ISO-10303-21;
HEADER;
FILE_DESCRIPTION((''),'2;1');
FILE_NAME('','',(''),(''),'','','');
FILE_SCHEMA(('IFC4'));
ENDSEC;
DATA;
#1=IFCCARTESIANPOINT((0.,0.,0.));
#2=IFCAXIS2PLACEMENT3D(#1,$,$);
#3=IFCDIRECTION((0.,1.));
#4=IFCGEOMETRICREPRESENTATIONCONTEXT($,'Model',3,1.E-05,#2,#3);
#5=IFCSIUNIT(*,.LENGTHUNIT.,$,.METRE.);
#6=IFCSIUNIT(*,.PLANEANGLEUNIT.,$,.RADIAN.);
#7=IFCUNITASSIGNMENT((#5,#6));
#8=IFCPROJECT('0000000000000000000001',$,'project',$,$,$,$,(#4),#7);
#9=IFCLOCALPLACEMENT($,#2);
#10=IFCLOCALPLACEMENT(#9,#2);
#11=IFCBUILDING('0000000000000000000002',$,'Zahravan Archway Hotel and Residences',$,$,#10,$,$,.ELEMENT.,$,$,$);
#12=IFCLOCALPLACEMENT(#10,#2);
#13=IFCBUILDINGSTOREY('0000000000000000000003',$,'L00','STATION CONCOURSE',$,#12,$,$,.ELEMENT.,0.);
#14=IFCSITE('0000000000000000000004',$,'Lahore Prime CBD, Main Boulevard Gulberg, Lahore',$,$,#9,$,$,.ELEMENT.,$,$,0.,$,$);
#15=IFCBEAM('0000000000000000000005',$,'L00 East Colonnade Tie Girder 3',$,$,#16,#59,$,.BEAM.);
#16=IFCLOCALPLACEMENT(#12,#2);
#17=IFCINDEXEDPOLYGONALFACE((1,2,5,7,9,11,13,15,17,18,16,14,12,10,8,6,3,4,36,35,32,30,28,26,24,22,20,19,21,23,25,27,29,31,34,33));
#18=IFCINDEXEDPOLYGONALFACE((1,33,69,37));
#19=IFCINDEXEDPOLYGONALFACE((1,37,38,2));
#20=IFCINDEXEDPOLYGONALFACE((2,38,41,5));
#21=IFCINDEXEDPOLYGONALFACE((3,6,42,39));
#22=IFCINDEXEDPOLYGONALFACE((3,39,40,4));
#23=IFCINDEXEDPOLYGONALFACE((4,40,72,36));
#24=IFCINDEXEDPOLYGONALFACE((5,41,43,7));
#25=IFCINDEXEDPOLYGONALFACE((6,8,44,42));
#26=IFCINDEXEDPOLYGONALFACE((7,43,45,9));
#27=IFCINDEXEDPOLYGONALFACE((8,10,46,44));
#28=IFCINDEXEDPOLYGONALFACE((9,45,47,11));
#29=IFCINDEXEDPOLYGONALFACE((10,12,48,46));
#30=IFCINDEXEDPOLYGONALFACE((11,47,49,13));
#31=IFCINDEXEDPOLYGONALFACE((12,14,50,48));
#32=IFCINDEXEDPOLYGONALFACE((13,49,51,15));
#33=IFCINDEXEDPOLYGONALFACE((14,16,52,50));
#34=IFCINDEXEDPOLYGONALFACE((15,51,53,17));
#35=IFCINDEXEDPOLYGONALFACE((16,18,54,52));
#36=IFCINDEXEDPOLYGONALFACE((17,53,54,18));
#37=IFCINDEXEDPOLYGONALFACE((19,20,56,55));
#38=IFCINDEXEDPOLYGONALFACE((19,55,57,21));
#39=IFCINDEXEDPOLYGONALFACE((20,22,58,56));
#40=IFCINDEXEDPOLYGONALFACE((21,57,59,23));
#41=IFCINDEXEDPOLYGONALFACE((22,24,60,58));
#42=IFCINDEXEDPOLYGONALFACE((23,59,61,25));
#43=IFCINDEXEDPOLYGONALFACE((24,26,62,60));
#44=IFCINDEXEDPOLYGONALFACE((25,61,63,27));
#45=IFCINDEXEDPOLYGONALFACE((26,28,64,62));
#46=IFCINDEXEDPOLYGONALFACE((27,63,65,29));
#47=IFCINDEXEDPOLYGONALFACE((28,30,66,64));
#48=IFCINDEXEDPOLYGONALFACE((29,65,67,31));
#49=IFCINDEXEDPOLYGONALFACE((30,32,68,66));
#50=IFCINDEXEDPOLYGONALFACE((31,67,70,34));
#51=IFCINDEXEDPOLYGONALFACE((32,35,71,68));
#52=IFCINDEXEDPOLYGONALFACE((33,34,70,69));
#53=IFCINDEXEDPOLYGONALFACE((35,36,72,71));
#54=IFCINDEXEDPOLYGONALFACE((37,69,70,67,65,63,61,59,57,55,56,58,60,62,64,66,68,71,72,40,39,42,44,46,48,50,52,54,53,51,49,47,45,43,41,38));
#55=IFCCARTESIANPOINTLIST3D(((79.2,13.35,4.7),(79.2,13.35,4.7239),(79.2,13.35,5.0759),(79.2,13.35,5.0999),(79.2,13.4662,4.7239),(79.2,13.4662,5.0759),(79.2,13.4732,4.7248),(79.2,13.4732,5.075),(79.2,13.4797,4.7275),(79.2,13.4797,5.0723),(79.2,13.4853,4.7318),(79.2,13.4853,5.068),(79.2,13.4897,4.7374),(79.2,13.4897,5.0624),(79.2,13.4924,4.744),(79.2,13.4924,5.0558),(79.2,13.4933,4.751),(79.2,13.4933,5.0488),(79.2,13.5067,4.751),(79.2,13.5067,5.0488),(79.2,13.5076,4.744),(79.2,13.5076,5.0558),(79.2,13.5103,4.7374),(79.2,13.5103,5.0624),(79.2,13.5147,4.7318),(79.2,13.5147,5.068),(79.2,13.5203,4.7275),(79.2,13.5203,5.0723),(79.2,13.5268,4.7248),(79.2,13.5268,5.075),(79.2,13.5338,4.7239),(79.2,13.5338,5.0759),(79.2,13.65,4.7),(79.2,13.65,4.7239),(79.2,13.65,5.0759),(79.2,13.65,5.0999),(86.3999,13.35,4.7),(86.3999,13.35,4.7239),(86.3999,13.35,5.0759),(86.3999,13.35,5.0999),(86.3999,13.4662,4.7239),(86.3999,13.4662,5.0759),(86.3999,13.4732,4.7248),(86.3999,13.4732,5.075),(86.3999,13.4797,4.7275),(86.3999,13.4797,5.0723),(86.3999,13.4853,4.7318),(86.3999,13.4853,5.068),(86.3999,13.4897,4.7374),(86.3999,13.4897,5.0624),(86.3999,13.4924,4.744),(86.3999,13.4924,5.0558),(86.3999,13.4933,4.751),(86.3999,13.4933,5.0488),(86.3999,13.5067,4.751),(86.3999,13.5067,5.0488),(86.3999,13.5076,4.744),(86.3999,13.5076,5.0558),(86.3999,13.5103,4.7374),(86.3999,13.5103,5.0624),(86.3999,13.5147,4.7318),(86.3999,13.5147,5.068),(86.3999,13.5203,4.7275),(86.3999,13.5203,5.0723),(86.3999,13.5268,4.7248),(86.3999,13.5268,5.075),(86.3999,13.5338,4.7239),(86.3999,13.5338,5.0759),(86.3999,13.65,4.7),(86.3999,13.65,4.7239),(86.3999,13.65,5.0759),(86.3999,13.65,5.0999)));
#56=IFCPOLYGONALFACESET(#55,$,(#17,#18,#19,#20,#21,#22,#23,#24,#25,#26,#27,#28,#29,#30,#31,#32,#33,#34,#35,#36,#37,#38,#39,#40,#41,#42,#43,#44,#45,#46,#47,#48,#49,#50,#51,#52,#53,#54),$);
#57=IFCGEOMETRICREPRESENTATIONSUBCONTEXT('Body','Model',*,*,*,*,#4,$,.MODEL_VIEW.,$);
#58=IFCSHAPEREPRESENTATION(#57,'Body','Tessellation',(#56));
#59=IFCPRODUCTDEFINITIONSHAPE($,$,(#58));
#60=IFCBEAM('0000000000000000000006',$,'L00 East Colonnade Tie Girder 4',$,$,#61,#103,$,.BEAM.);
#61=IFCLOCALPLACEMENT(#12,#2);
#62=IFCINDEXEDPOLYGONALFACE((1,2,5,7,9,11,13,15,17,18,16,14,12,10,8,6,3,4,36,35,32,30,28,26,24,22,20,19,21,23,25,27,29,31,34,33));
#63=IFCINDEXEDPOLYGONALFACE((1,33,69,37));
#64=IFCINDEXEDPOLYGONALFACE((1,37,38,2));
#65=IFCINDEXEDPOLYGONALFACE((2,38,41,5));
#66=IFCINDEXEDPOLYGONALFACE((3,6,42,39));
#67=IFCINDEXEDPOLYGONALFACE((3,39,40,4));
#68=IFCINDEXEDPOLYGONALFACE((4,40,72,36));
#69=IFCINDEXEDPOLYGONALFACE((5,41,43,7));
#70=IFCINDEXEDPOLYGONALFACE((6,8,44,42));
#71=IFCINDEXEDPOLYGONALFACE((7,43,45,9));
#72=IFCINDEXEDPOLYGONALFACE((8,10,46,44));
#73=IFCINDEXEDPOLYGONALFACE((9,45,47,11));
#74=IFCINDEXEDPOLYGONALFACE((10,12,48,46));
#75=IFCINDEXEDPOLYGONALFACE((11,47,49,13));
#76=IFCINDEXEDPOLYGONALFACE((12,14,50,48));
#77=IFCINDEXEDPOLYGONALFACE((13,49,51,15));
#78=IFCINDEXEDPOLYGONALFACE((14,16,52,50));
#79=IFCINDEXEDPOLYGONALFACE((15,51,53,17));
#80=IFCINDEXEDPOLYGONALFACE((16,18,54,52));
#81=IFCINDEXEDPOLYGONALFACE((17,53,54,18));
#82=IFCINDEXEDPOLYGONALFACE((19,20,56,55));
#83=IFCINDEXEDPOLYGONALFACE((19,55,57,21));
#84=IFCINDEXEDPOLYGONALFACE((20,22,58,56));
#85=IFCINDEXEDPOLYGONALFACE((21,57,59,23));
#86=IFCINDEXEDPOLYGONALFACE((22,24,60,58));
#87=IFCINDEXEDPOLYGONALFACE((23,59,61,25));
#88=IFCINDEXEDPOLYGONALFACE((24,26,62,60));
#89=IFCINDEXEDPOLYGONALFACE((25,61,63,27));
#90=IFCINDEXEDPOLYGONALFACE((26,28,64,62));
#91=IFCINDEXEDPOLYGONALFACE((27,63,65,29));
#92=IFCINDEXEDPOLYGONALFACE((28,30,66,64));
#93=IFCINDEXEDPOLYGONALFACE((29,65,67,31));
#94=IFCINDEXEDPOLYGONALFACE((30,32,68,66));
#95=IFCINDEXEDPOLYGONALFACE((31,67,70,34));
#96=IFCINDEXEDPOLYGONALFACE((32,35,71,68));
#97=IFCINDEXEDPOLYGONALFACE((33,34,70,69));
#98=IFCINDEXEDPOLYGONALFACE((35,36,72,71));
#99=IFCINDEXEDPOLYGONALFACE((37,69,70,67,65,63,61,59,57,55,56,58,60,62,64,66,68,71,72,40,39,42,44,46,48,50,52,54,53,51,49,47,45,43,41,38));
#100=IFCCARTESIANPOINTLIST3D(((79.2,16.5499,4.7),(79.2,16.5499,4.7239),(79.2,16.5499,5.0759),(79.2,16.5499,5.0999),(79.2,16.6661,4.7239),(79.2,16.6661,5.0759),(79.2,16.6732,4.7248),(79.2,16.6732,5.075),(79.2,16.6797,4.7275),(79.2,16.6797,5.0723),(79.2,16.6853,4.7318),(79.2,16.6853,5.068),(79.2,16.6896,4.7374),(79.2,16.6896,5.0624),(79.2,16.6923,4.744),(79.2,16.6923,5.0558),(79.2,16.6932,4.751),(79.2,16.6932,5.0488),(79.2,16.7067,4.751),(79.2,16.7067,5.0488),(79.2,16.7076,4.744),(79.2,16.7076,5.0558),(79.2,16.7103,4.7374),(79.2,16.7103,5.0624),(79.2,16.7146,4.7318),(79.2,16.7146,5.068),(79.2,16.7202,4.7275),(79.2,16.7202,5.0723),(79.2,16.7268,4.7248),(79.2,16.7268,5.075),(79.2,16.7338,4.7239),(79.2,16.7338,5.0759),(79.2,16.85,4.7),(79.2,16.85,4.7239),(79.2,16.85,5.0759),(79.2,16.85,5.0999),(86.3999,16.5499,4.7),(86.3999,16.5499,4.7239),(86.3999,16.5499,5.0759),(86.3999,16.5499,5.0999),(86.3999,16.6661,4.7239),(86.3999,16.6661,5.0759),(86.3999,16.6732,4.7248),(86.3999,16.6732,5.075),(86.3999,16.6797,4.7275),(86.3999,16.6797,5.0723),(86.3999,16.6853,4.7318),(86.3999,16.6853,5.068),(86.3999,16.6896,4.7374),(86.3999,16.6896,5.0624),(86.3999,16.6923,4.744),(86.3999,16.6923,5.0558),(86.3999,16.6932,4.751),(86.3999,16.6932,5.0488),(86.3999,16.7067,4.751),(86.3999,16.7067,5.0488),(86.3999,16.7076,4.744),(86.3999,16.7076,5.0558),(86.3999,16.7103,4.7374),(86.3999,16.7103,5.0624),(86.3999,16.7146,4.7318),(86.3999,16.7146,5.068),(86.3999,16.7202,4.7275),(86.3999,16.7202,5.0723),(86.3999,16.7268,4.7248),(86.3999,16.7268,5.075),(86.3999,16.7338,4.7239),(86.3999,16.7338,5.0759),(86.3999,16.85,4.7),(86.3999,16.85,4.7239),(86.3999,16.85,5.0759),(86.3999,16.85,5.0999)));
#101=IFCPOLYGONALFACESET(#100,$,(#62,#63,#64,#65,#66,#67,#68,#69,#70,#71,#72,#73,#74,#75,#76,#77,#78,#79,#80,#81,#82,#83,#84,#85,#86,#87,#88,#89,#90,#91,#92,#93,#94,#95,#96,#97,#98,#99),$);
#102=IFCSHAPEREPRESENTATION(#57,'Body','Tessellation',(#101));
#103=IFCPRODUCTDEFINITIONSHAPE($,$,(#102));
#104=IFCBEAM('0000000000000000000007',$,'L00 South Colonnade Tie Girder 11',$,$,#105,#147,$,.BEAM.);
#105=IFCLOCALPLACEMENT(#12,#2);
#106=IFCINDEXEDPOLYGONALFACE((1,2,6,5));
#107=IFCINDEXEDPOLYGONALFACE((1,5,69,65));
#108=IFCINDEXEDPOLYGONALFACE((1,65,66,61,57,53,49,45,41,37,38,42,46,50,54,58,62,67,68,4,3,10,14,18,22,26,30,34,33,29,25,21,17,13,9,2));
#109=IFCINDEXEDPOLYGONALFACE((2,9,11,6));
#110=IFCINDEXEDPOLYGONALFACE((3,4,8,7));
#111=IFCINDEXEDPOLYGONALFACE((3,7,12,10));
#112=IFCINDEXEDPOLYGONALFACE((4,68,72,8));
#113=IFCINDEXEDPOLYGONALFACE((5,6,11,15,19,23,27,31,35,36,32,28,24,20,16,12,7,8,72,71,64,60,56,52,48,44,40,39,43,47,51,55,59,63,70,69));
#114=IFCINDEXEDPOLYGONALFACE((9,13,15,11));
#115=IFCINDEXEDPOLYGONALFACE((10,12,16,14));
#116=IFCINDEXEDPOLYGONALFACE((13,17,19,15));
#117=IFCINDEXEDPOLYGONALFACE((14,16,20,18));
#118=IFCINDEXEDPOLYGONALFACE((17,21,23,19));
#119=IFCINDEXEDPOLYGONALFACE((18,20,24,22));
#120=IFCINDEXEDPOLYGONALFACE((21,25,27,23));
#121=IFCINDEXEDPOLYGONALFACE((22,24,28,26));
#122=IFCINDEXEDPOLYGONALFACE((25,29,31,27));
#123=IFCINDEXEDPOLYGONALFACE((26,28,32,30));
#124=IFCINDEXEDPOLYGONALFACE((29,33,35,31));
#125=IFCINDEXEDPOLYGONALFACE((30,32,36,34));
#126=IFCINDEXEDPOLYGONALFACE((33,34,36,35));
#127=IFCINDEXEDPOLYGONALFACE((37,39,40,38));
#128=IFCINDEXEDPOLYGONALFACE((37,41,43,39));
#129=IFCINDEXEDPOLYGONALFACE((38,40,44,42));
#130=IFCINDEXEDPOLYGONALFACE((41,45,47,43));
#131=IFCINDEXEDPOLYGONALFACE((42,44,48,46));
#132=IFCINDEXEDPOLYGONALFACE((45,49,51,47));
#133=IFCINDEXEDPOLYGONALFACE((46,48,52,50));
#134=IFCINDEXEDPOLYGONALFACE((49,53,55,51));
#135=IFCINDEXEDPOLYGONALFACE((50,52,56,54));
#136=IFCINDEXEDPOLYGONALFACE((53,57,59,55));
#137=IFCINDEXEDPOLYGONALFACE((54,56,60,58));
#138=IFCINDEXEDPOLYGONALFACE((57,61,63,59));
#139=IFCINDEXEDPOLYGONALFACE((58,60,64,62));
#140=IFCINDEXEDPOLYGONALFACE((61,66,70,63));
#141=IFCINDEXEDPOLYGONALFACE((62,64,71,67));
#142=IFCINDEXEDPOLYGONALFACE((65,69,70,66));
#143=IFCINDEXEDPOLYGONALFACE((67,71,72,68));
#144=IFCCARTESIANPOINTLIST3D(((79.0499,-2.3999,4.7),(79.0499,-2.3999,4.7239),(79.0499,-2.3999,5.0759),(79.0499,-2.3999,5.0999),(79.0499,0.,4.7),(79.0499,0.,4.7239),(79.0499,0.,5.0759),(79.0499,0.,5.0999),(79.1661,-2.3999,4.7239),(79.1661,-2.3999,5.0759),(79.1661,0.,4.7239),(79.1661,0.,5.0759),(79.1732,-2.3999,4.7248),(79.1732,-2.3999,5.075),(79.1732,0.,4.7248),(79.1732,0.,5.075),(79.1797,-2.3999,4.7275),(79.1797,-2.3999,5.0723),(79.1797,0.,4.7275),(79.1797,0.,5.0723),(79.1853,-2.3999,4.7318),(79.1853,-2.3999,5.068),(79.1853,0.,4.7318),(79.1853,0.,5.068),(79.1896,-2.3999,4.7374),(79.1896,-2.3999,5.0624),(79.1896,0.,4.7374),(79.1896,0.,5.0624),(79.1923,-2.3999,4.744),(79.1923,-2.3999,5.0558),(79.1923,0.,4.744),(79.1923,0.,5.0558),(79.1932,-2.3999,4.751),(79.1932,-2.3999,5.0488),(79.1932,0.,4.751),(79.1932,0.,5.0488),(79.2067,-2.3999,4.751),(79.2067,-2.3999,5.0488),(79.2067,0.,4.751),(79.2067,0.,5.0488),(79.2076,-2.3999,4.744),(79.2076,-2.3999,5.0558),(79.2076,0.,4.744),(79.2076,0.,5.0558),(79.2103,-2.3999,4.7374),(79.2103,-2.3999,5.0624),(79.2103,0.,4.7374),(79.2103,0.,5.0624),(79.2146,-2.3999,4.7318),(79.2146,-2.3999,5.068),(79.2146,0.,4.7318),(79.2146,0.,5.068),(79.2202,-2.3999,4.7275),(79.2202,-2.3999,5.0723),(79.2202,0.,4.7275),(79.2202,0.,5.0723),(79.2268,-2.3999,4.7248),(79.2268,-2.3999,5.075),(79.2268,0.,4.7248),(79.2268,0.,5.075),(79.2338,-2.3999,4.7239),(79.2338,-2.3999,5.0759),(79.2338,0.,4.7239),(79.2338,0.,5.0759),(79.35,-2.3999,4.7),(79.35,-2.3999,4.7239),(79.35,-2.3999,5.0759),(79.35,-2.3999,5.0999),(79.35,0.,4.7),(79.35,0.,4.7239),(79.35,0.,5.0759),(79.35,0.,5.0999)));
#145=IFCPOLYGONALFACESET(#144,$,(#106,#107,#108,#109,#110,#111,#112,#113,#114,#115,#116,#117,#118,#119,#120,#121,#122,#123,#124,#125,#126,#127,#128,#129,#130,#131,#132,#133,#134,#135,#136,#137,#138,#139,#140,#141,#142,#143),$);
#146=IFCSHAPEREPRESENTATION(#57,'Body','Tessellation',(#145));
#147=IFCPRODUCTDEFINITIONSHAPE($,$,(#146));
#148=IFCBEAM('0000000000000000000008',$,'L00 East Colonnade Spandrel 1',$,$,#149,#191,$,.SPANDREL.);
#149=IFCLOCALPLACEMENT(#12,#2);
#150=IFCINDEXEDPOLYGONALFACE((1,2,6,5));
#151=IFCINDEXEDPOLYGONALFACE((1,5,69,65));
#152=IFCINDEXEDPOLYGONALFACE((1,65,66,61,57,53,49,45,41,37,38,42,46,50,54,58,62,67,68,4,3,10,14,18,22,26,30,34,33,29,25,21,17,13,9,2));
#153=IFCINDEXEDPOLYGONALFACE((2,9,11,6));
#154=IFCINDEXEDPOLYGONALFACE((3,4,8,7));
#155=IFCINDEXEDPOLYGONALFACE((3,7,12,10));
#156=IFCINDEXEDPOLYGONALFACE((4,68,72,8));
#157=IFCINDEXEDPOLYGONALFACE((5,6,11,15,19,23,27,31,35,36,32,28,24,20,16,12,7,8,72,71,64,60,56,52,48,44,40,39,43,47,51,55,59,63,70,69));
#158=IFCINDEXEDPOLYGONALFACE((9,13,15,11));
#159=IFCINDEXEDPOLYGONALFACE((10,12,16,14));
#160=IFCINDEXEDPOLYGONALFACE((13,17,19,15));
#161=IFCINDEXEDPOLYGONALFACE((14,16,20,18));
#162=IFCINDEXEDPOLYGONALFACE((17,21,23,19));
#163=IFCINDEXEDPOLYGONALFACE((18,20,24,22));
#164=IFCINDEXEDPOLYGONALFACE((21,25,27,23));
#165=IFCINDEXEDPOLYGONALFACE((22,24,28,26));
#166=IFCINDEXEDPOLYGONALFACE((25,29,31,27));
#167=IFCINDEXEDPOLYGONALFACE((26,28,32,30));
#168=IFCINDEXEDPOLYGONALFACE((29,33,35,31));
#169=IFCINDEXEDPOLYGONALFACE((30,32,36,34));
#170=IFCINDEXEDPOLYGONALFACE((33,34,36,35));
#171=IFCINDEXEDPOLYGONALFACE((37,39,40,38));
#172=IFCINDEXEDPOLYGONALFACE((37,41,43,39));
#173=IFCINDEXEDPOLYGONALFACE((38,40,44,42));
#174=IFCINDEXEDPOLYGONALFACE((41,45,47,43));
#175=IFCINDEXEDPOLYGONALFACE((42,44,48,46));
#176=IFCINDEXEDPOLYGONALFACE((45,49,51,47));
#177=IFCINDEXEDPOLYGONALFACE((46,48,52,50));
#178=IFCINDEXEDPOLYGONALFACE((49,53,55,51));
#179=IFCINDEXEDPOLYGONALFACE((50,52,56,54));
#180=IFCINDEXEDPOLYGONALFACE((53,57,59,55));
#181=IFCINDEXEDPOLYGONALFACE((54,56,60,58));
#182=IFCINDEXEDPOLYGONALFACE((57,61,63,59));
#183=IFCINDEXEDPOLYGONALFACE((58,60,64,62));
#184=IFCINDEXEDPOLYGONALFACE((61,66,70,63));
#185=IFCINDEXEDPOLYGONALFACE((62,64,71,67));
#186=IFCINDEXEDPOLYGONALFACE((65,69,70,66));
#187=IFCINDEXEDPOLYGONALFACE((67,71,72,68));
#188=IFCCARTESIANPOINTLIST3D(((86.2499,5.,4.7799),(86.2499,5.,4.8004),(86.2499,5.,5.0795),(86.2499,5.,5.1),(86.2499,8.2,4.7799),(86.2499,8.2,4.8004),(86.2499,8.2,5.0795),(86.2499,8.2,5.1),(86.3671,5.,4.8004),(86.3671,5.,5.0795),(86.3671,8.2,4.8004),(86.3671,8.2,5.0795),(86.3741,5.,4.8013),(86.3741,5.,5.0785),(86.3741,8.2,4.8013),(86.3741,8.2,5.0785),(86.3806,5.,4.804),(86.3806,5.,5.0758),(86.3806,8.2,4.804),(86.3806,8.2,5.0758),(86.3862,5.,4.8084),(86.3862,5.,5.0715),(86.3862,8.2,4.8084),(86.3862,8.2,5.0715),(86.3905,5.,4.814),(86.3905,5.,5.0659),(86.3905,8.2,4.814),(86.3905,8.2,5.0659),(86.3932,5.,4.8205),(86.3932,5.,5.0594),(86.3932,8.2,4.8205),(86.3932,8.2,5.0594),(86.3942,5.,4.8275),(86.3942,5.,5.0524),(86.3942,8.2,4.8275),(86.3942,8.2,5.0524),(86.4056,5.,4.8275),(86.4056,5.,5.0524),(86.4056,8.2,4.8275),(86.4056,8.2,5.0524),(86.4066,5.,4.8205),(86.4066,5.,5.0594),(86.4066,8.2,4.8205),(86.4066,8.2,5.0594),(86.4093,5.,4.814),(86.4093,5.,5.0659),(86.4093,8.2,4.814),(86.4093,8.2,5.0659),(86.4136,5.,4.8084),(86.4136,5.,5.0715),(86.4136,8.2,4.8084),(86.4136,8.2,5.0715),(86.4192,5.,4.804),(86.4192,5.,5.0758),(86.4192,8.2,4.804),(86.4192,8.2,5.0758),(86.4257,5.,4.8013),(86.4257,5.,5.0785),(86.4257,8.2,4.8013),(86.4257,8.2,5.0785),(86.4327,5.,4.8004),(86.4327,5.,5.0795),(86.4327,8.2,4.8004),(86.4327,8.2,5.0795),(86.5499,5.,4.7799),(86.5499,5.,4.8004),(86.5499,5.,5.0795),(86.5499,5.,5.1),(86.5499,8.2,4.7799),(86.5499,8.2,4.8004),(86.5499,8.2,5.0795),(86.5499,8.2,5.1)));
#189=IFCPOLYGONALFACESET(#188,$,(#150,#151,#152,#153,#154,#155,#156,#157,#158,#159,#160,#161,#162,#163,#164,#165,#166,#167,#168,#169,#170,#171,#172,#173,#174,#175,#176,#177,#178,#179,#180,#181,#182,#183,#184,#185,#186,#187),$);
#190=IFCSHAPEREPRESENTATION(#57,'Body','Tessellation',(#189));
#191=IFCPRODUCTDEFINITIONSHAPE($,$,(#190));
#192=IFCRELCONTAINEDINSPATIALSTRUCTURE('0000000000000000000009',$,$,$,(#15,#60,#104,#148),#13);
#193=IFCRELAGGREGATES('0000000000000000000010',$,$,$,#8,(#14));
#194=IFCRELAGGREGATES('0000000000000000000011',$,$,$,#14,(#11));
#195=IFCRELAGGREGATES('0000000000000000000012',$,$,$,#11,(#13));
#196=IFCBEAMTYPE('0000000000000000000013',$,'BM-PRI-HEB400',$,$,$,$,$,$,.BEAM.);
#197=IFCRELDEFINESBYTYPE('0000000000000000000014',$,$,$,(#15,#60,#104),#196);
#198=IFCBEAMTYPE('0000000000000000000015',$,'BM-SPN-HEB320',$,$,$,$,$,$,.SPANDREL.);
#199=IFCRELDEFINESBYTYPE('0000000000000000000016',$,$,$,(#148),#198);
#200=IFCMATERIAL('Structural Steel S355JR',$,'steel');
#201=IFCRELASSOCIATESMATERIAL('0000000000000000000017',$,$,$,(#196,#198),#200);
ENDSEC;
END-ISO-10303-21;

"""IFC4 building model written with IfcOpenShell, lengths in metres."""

from ifc_helpers import new_model, si_unit, direction, frame, origin, origin_2d, place, context, subcontext, project, spatial, i_section, extrude, source, transform, mapped, material, material_profile, profile_set, type_object, type_shapes, element, save


model = new_model("IFC4")

# Units and contexts
model_context = context("Model", 3, precision=1e-05, world=origin(), true_north=direction((0.0, 1.0)))
body_context = subcontext(model_context, "Body", "Model", "MODEL_VIEW")
ifc_project = project(units=[si_unit("LENGTHUNIT", "METRE"), si_unit("PLANEANGLEUNIT", "RADIAN")], contexts=[model_context])

# Site, building, storey
site_placement = place(None, origin())
site = spatial("IfcSite", under=ifc_project, at=site_placement, Name="Lahore Prime CBD, Main Boulevard Gulberg, Lahore", CompositionType="ELEMENT", RefElevation=0.0)
building_placement = place(site_placement, origin())
building = spatial("IfcBuilding", under=site, at=building_placement, Name="Zahravan Archway Hotel and Residences", CompositionType="ELEMENT")
storey_placement = place(building_placement, origin())
storey = spatial("IfcBuildingStorey", under=building, at=storey_placement, Name="L00", Description="STATION CONCOURSE", CompositionType="ELEMENT", Elevation=0.0)

# Beams
ifc_material_1 = material(Name="Structural Steel S355JR", Category="steel")
ifc_material_profile_1 = material_profile(ifc_material_1, i_section(OverallWidth=0.3, OverallDepth=0.3999, WebThickness=0.0134, FlangeThickness=0.0239, FilletRadius=0.0271, at=origin_2d()), Name="HEB 400", Category="steel")
ifc_profile_set_1 = profile_set([ifc_material_profile_1], Name="Structural Steel S355JR")
beam_type_1 = type_object("IfcBeamType", Name="BM-PRI-HEB400", PredefinedType="BEAM", material=ifc_profile_set_1)
shared_shape_1 = source(origin(), body_context, "Body", "SweptSolid", [
    extrude(i_section(OverallWidth=0.3, OverallDepth=0.3999, WebThickness=0.0134, FlangeThickness=0.0239, FilletRadius=0.0271, at=origin_2d()), origin(), (0.0, 0.0, 1.0), 7.2),
])
type_shapes(beam_type_1, [shared_shape_1])
for number, where, z_axis, x_axis, name in (
    (1, (79.2, 13.5, 4.8999), (1.0, 0.0, 0.0), (0.0, 1.0, 0.0), "L00 East Colonnade Tie Girder 3"),
    (2, (79.2, 16.7, 4.8999), (1.0, 0.0, 0.0), (0.0, 1.0, 0.0), "L00 East Colonnade Tie Girder 4"),
):
    element("IfcBeam", number, at=place(storey_placement, frame(where, z_axis=z_axis, x_axis=x_axis)), inside=storey, type_object=beam_type_1, Name=name, PredefinedType="BEAM", context=body_context, shape_type="MappedRepresentation", body=[
        mapped(shared_shape_1, transform((0.0, 0.0, 0.0), scale=1.0)),
    ])
shared_shape_2 = source(origin(), body_context, "Body", "SweptSolid", [
    extrude(i_section(OverallWidth=0.3, OverallDepth=0.3999, WebThickness=0.0134, FlangeThickness=0.0239, FilletRadius=0.0271, at=origin_2d()), origin(), (0.0, 0.0, 1.0), 2.3999),
])
beam_1_placement = place(storey_placement, frame((79.2, -2.3999, 4.8999), z_axis=(0.0, 1.0, 0.0), x_axis=(-1.0, 0.0, 0.0)))
element("IfcBeam", 3, at=beam_1_placement, inside=storey, type_object=beam_type_1, Name="L00 South Colonnade Tie Girder 11", PredefinedType="BEAM", context=body_context, shape_type="MappedRepresentation", body=[
    mapped(shared_shape_2, transform((0.0, 0.0, 0.0), scale=1.0)),
])
ifc_material_profile_2 = material_profile(ifc_material_1, i_section(OverallWidth=0.3, OverallDepth=0.3201, WebThickness=0.0115, FlangeThickness=0.0205, FilletRadius=0.0271, at=origin_2d()), Name="HEB 320", Category="steel")
ifc_profile_set_2 = profile_set([ifc_material_profile_2], Name="Structural Steel S355JR")
beam_type_2 = type_object("IfcBeamType", Name="BM-SPN-HEB320", PredefinedType="SPANDREL", material=ifc_profile_set_2)
shared_shape_3 = source(origin(), body_context, "Body", "SweptSolid", [
    extrude(i_section(OverallWidth=0.3, OverallDepth=0.3201, WebThickness=0.0115, FlangeThickness=0.0205, FilletRadius=0.0271, at=origin_2d()), origin(), (0.0, 0.0, 1.0), 3.2),
])
for number, where, z_axis, x_axis, name in (
    (4, (86.3999, 5.0, 4.9399), (0.0, 1.0, 0.0), (-1.0, 0.0, 0.0), "L00 East Colonnade Spandrel 1"),
):
    element("IfcBeam", number, at=place(storey_placement, frame(where, z_axis=z_axis, x_axis=x_axis)), inside=storey, type_object=beam_type_2, Name=name, PredefinedType="SPANDREL", context=body_context, shape_type="MappedRepresentation", body=[
        mapped(shared_shape_3, transform((0.0, 0.0, 0.0), scale=1.0)),
    ])

save(model, "model.ifc")
